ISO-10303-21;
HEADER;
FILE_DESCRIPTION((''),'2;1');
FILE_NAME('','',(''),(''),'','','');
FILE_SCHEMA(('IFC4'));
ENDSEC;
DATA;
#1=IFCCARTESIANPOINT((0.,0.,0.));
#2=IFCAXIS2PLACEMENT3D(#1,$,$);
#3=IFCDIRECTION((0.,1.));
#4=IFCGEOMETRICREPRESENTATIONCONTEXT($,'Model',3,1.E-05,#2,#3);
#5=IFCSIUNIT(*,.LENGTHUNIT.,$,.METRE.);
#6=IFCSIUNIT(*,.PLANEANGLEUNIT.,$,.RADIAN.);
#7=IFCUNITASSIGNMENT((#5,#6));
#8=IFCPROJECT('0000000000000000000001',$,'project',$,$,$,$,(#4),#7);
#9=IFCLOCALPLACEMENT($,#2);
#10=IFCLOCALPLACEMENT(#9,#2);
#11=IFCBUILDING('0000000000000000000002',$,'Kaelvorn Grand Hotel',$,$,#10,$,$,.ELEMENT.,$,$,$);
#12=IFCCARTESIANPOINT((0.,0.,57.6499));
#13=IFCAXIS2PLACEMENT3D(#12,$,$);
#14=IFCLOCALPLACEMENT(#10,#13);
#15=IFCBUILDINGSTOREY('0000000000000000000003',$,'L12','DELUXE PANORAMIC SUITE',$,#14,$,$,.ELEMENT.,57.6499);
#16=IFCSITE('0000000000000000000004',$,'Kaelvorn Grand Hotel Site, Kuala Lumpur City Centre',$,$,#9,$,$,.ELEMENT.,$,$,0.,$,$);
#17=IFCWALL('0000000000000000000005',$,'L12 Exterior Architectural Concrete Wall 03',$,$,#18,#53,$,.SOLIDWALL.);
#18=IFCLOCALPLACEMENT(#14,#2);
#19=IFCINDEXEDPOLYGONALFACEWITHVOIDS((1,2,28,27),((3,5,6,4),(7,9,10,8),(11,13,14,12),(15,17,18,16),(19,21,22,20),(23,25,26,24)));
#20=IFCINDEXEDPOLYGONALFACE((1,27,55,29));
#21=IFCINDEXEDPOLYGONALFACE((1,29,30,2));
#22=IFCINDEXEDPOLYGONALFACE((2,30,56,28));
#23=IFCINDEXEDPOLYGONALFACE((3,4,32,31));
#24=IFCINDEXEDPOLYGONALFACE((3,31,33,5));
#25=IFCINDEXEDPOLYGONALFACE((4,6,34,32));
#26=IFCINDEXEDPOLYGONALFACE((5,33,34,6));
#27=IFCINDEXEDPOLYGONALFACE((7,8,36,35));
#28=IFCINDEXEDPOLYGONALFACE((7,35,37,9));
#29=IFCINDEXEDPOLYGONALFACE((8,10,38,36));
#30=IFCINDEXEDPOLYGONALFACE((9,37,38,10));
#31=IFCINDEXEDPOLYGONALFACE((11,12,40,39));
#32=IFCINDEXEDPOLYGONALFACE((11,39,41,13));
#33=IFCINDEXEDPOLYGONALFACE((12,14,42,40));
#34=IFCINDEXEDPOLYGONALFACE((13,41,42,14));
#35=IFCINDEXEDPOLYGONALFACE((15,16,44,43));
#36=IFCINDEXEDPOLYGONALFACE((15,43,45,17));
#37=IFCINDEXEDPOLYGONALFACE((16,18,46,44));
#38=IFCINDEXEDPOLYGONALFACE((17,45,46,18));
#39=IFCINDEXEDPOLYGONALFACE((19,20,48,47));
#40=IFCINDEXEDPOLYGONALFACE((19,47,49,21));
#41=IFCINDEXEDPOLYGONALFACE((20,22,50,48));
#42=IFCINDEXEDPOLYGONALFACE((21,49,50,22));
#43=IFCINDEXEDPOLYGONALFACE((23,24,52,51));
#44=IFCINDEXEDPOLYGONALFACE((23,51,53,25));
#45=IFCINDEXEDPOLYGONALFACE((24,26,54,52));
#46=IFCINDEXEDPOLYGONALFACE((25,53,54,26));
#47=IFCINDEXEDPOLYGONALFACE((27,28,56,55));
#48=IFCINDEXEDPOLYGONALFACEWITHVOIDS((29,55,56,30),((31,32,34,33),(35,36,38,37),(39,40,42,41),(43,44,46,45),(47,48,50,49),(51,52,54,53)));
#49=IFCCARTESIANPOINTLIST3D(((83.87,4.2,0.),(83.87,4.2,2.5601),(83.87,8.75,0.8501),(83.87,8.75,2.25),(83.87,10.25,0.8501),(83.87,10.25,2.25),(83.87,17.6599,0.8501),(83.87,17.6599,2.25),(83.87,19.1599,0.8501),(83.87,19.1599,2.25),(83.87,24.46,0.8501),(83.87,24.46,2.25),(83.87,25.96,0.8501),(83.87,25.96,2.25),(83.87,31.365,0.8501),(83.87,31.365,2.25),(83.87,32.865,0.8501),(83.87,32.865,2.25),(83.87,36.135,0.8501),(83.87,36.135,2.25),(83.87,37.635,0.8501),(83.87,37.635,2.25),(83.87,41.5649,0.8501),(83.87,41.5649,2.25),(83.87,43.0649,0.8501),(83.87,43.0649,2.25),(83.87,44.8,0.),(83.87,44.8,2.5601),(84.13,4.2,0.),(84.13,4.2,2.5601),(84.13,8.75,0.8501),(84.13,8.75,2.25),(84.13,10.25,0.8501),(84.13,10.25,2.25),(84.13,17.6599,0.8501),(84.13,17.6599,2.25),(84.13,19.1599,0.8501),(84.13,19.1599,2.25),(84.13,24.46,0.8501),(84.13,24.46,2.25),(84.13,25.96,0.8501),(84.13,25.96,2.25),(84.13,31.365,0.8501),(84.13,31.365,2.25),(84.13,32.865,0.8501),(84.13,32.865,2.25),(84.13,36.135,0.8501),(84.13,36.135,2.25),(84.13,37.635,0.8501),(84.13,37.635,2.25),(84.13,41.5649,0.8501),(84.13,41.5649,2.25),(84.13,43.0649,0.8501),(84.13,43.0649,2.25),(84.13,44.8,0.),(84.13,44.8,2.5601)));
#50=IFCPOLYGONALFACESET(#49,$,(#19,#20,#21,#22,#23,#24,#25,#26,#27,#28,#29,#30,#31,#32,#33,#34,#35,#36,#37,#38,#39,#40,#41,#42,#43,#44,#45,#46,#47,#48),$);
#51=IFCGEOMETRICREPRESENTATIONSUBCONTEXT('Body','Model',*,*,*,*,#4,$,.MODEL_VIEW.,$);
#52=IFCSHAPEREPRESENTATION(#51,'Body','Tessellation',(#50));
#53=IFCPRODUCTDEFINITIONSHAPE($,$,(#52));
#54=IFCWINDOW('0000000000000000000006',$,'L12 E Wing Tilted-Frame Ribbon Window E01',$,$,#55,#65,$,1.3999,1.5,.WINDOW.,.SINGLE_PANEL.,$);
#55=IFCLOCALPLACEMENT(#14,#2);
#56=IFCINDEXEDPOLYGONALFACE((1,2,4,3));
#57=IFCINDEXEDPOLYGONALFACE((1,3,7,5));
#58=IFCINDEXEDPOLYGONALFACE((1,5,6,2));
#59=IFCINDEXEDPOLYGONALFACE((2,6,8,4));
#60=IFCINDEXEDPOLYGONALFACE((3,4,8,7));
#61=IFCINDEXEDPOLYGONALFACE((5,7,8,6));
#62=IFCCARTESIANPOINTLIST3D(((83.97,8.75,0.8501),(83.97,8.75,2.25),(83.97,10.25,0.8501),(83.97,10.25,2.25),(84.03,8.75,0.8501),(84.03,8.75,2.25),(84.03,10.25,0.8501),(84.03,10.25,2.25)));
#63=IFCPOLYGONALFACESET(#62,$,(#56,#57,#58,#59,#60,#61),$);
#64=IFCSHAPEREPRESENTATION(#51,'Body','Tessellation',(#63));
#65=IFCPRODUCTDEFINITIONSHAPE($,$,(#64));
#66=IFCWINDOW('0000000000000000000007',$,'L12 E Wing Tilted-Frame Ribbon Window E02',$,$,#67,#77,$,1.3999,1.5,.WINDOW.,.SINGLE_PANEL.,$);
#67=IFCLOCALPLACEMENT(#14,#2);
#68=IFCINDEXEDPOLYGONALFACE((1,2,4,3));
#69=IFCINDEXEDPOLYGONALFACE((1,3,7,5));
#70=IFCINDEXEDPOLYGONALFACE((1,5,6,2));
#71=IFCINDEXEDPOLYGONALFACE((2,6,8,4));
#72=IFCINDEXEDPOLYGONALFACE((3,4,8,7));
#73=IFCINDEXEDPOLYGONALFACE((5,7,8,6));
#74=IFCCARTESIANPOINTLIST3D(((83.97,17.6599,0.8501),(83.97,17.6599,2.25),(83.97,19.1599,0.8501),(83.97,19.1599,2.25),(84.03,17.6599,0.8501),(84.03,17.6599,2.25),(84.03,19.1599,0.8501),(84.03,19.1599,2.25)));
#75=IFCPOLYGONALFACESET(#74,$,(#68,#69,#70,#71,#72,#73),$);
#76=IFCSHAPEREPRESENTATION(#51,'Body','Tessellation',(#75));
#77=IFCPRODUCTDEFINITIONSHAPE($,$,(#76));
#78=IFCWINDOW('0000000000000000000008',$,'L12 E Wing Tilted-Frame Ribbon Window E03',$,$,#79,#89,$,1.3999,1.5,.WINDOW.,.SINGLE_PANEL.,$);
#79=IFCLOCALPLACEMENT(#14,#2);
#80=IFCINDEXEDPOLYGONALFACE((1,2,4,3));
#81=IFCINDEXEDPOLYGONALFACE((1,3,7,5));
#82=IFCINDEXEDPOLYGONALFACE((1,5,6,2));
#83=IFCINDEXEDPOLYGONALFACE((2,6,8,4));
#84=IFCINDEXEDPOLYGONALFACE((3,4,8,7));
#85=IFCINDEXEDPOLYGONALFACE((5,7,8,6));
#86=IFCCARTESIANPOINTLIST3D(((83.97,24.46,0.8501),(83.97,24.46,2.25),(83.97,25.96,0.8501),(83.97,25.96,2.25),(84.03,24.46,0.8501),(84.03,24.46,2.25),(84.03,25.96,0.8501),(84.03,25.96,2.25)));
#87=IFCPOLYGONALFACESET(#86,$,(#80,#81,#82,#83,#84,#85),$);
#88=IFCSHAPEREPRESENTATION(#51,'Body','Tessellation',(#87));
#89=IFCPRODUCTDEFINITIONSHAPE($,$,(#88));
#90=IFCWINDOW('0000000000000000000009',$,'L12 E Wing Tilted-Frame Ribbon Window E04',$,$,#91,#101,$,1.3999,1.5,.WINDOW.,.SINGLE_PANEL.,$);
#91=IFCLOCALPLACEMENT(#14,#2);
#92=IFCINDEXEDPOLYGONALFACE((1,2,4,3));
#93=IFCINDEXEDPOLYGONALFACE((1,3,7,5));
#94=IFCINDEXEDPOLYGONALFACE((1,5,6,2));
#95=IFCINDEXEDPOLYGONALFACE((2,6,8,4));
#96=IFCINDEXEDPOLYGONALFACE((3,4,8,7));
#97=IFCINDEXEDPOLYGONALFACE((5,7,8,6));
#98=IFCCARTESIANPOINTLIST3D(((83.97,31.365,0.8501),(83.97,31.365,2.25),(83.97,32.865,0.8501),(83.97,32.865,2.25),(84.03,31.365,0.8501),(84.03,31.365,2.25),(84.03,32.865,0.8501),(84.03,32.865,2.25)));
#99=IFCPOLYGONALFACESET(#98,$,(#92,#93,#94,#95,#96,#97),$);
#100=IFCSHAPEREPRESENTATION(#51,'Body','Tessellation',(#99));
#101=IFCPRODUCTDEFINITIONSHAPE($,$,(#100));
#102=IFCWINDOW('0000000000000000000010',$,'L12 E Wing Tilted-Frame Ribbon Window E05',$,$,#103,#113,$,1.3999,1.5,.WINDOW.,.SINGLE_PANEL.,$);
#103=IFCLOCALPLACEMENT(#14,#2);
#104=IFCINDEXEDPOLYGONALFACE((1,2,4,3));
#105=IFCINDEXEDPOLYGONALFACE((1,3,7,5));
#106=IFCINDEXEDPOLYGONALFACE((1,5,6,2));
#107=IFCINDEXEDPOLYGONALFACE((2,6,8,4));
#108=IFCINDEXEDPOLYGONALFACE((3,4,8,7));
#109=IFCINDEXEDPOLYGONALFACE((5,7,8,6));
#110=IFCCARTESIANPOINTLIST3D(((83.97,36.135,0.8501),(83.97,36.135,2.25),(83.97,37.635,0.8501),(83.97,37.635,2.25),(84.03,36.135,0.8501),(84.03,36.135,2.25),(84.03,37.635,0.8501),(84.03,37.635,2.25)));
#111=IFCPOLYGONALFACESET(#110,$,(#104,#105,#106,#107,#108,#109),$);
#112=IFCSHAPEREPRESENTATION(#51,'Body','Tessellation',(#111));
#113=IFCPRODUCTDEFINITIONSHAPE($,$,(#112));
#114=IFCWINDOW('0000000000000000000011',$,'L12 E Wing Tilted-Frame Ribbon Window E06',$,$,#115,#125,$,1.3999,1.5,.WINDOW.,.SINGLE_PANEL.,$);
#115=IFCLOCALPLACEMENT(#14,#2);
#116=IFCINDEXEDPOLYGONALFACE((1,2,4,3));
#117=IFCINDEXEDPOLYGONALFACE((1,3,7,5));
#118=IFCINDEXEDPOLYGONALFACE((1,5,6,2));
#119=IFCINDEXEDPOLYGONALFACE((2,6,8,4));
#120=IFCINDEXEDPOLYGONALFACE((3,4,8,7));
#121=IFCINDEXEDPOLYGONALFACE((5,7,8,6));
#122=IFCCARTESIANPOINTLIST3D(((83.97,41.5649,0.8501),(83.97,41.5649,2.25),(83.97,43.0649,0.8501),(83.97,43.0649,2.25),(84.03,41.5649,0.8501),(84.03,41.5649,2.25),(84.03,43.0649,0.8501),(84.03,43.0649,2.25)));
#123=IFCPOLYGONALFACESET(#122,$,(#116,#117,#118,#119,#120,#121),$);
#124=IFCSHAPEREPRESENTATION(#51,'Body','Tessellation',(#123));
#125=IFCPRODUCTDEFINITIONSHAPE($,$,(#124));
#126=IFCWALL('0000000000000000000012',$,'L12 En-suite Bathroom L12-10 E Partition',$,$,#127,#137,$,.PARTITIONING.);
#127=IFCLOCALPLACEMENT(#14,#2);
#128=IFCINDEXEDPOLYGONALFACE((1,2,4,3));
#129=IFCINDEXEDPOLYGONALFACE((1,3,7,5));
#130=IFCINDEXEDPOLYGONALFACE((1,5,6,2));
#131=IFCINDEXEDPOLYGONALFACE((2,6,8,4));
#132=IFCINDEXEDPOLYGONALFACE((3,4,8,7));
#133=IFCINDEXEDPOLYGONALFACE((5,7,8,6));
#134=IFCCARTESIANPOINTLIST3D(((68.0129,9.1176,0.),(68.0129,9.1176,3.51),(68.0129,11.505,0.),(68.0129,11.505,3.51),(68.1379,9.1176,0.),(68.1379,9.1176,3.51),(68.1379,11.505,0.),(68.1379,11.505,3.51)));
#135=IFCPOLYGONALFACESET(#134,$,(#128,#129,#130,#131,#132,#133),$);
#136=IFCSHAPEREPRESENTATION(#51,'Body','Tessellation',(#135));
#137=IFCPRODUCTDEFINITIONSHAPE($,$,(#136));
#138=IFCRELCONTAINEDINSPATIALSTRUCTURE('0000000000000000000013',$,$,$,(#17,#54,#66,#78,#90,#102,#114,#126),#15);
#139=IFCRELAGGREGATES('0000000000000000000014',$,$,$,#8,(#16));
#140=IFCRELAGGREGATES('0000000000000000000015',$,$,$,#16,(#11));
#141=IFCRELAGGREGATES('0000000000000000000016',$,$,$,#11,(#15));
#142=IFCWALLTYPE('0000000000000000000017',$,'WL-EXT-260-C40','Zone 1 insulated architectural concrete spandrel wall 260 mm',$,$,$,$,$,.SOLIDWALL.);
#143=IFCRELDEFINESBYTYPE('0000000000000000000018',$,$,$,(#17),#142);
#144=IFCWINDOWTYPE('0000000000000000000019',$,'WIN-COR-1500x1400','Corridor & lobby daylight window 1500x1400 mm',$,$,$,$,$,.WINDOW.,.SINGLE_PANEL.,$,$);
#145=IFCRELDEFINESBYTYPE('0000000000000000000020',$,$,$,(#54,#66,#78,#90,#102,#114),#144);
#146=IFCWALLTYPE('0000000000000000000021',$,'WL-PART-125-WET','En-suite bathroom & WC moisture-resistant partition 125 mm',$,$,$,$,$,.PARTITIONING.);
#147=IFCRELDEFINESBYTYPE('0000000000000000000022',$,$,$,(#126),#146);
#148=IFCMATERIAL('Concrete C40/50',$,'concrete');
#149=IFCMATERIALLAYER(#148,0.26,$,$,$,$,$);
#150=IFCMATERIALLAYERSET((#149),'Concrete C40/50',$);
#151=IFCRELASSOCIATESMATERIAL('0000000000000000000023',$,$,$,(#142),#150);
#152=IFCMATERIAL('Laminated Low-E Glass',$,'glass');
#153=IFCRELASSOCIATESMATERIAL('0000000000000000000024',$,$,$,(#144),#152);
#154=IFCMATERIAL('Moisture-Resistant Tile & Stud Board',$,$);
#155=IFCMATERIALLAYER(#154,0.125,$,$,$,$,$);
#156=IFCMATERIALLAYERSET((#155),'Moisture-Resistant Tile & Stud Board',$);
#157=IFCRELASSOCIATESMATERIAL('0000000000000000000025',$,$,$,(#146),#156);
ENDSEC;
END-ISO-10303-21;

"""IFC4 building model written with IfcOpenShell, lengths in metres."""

from ifc_helpers import new_model, si_unit, direction, frame, frame_2d, origin, place, context, subcontext, project, spatial, rectangle, extrude, material, layer, layer_set, type_object, element, fill, save


model = new_model("IFC4")

# Units and contexts
model_context = context("Model", 3, precision=1e-05, world=origin(), true_north=direction((0.0, 1.0)))
body_context = subcontext(model_context, "Body", "Model", "MODEL_VIEW")
ifc_project = project(units=[si_unit("LENGTHUNIT", "METRE"), si_unit("PLANEANGLEUNIT", "RADIAN")], contexts=[model_context])

# Site, building, storey
site_placement = place(None, origin())
site = spatial("IfcSite", under=ifc_project, at=site_placement, Name="Kaelvorn Grand Hotel Site, Kuala Lumpur City Centre", CompositionType="ELEMENT", RefElevation=0.0)
building_placement = place(site_placement, origin())
building = spatial("IfcBuilding", under=site, at=building_placement, Name="Kaelvorn Grand Hotel", CompositionType="ELEMENT")
storey_placement = place(building_placement, frame((0.0, 0.0, 57.6499)))
storey = spatial("IfcBuildingStorey", under=building, at=storey_placement, Name="L12", Description="DELUXE PANORAMIC SUITE", CompositionType="ELEMENT", Elevation=57.6499)

# Shared definitions
ifc_material_1 = material(Name="Concrete C40/50", Category="concrete")

# Shared definitions
ifc_layer_1 = layer(ifc_material_1, 0.26)
ifc_layer_set_1 = layer_set([ifc_layer_1], Name="Concrete C40/50")
wall_type_1 = type_object("IfcWallType", Name="WL-EXT-260-C40", Description="Zone 1 insulated architectural concrete spandrel wall 260 mm", PredefinedType="SOLIDWALL", material=ifc_layer_set_1)

# Wall, openings, windows
wall_1_placement = place(storey_placement, frame((84.0, 4.2, 0.0), z_axis=(0.0, 0.0, 1.0), x_axis=(0.0, 1.0, 0.0)))
wall_1 = element("IfcWall", 1, at=wall_1_placement, inside=storey, type_object=wall_type_1, Name="L12 Exterior Architectural Concrete Wall 03", PredefinedType="SOLIDWALL", context=body_context, shape_type="SweptSolid", body=[
    extrude(rectangle(XDim=40.6001, YDim=0.26, at=frame_2d((20.3, 0.0))), origin(), (0.0, 0.0, 1.0), 2.5601),
])
opening_1_placement = place(wall_1_placement, frame((4.55, 0.0, 0.8501)))
opening_1 = element("IfcOpeningElement", 2, at=opening_1_placement, cuts=wall_1, PredefinedType="OPENING", context=body_context, shape_type="SweptSolid", body=[
    extrude(rectangle(XDim=1.5, YDim=1.3999, at=frame_2d((0.75, 0.7))), frame((0.0, 0.1401, 0.0), z_axis=(0.0, -1.0, 0.0), x_axis=(1.0, 0.0, 0.0)), (0.0, 0.0, 1.0), 0.28),
])
opening_2_placement = place(wall_1_placement, frame((13.46, 0.0, 0.8501)))
opening_2 = element("IfcOpeningElement", 3, at=opening_2_placement, cuts=wall_1, PredefinedType="OPENING", context=body_context, shape_type="SweptSolid", body=[
    extrude(rectangle(XDim=1.5, YDim=1.3999, at=frame_2d((0.75, 0.7))), frame((0.0, 0.1401, 0.0), z_axis=(0.0, -1.0, 0.0), x_axis=(1.0, 0.0, 0.0)), (0.0, 0.0, 1.0), 0.28),
])
opening_3_placement = place(wall_1_placement, frame((20.26, 0.0, 0.8501)))
opening_3 = element("IfcOpeningElement", 4, at=opening_3_placement, cuts=wall_1, PredefinedType="OPENING", context=body_context, shape_type="SweptSolid", body=[
    extrude(rectangle(XDim=1.5, YDim=1.3999, at=frame_2d((0.75, 0.7))), frame((0.0, 0.1401, 0.0), z_axis=(0.0, -1.0, 0.0), x_axis=(1.0, 0.0, 0.0)), (0.0, 0.0, 1.0), 0.28),
])
opening_4_placement = place(wall_1_placement, frame((27.165, 0.0, 0.8501)))
opening_4 = element("IfcOpeningElement", 5, at=opening_4_placement, cuts=wall_1, PredefinedType="OPENING", context=body_context, shape_type="SweptSolid", body=[
    extrude(rectangle(XDim=1.5, YDim=1.3999, at=frame_2d((0.75, 0.7))), frame((0.0, 0.1401, 0.0), z_axis=(0.0, -1.0, 0.0), x_axis=(1.0, 0.0, 0.0)), (0.0, 0.0, 1.0), 0.28),
])
opening_5_placement = place(wall_1_placement, frame((31.9351, 0.0, 0.8501)))
opening_5 = element("IfcOpeningElement", 6, at=opening_5_placement, cuts=wall_1, PredefinedType="OPENING", context=body_context, shape_type="SweptSolid", body=[
    extrude(rectangle(XDim=1.5, YDim=1.3999, at=frame_2d((0.75, 0.7))), frame((0.0, 0.1401, 0.0), z_axis=(0.0, -1.0, 0.0), x_axis=(1.0, 0.0, 0.0)), (0.0, 0.0, 1.0), 0.28),
])
opening_6_placement = place(wall_1_placement, frame((37.365, 0.0, 0.8501)))
opening_6 = element("IfcOpeningElement", 7, at=opening_6_placement, cuts=wall_1, PredefinedType="OPENING", context=body_context, shape_type="SweptSolid", body=[
    extrude(rectangle(XDim=1.5, YDim=1.3999, at=frame_2d((0.75, 0.7))), frame((0.0, 0.1401, 0.0), z_axis=(0.0, -1.0, 0.0), x_axis=(1.0, 0.0, 0.0)), (0.0, 0.0, 1.0), 0.28),
])
ifc_material_2 = material(Name="Laminated Low-E Glass", Category="glass")
window_type = type_object("IfcWindowType", Name="WIN-COR-1500x1400", Description="Corridor & lobby daylight window 1500x1400 mm", PartitioningType="SINGLE_PANEL", PredefinedType="WINDOW", material=ifc_material_2)
window_1_placement = place(opening_1_placement, origin())
window_1 = element("IfcWindow", 8, at=window_1_placement, inside=storey, type_object=window_type, Name="L12 E Wing Tilted-Frame Ribbon Window E01", OverallHeight=1.3999, OverallWidth=1.5, PartitioningType="SINGLE_PANEL", PredefinedType="WINDOW", context=body_context, shape_type="SweptSolid", body=[
    extrude(rectangle(XDim=1.5, YDim=1.3999, at=frame_2d((0.75, 0.7))), frame((0.0, 0.03, 0.0), z_axis=(0.0, -1.0, 0.0), x_axis=(1.0, 0.0, 0.0)), (0.0, 0.0, 1.0), 0.0601),
])
fill(opening_1, window_1)
window_2_placement = place(opening_2_placement, origin())
window_2 = element("IfcWindow", 9, at=window_2_placement, inside=storey, type_object=window_type, Name="L12 E Wing Tilted-Frame Ribbon Window E02", OverallHeight=1.3999, OverallWidth=1.5, PartitioningType="SINGLE_PANEL", PredefinedType="WINDOW", context=body_context, shape_type="SweptSolid", body=[
    extrude(rectangle(XDim=1.5, YDim=1.3999, at=frame_2d((0.75, 0.7))), frame((0.0, 0.03, 0.0), z_axis=(0.0, -1.0, 0.0), x_axis=(1.0, 0.0, 0.0)), (0.0, 0.0, 1.0), 0.0601),
])
fill(opening_2, window_2)
window_3_placement = place(opening_3_placement, origin())
window_3 = element("IfcWindow", 10, at=window_3_placement, inside=storey, type_object=window_type, Name="L12 E Wing Tilted-Frame Ribbon Window E03", OverallHeight=1.3999, OverallWidth=1.5, PartitioningType="SINGLE_PANEL", PredefinedType="WINDOW", context=body_context, shape_type="SweptSolid", body=[
    extrude(rectangle(XDim=1.5, YDim=1.3999, at=frame_2d((0.75, 0.7))), frame((0.0, 0.03, 0.0), z_axis=(0.0, -1.0, 0.0), x_axis=(1.0, 0.0, 0.0)), (0.0, 0.0, 1.0), 0.0601),
])
fill(opening_3, window_3)
window_4_placement = place(opening_4_placement, origin())
window_4 = element("IfcWindow", 11, at=window_4_placement, inside=storey, type_object=window_type, Name="L12 E Wing Tilted-Frame Ribbon Window E04", OverallHeight=1.3999, OverallWidth=1.5, PartitioningType="SINGLE_PANEL", PredefinedType="WINDOW", context=body_context, shape_type="SweptSolid", body=[
    extrude(rectangle(XDim=1.5, YDim=1.3999, at=frame_2d((0.75, 0.7))), frame((0.0, 0.03, 0.0), z_axis=(0.0, -1.0, 0.0), x_axis=(1.0, 0.0, 0.0)), (0.0, 0.0, 1.0), 0.0601),
])
fill(opening_4, window_4)
window_5_placement = place(opening_5_placement, origin())
window_5 = element("IfcWindow", 12, at=window_5_placement, inside=storey, type_object=window_type, Name="L12 E Wing Tilted-Frame Ribbon Window E05", OverallHeight=1.3999, OverallWidth=1.5, PartitioningType="SINGLE_PANEL", PredefinedType="WINDOW", context=body_context, shape_type="SweptSolid", body=[
    extrude(rectangle(XDim=1.5, YDim=1.3999, at=frame_2d((0.75, 0.7))), frame((0.0, 0.03, 0.0), z_axis=(0.0, -1.0, 0.0), x_axis=(1.0, 0.0, 0.0)), (0.0, 0.0, 1.0), 0.0601),
])
fill(opening_5, window_5)
window_6_placement = place(opening_6_placement, origin())
window_6 = element("IfcWindow", 13, at=window_6_placement, inside=storey, type_object=window_type, Name="L12 E Wing Tilted-Frame Ribbon Window E06", OverallHeight=1.3999, OverallWidth=1.5, PartitioningType="SINGLE_PANEL", PredefinedType="WINDOW", context=body_context, shape_type="SweptSolid", body=[
    extrude(rectangle(XDim=1.5, YDim=1.3999, at=frame_2d((0.75, 0.7))), frame((0.0, 0.03, 0.0), z_axis=(0.0, -1.0, 0.0), x_axis=(1.0, 0.0, 0.0)), (0.0, 0.0, 1.0), 0.0601),
])
fill(opening_6, window_6)

# Wall
ifc_material_3 = material(Name="Moisture-Resistant Tile & Stud Board")
ifc_layer_2 = layer(ifc_material_3, 0.125)
ifc_layer_set_2 = layer_set([ifc_layer_2], Name="Moisture-Resistant Tile & Stud Board")
wall_type_2 = type_object("IfcWallType", Name="WL-PART-125-WET", Description="En-suite bathroom & WC moisture-resistant partition 125 mm", PredefinedType="PARTITIONING", material=ifc_layer_set_2)
wall_2_placement = place(storey_placement, frame((68.0754, 9.1174, 0.0), z_axis=(0.0, 0.0, 1.0), x_axis=(0.0, 1.0, 0.0)))
element("IfcWall", 14, at=wall_2_placement, inside=storey, type_object=wall_type_2, Name="L12 En-suite Bathroom L12-10 E Partition", PredefinedType="PARTITIONING", context=body_context, shape_type="SweptSolid", body=[
    extrude(rectangle(XDim=2.3875, YDim=0.125, at=frame_2d((1.1938, 0.0))), origin(), (0.0, 0.0, 1.0), 3.51),
])

save(model, "model.ifc")
